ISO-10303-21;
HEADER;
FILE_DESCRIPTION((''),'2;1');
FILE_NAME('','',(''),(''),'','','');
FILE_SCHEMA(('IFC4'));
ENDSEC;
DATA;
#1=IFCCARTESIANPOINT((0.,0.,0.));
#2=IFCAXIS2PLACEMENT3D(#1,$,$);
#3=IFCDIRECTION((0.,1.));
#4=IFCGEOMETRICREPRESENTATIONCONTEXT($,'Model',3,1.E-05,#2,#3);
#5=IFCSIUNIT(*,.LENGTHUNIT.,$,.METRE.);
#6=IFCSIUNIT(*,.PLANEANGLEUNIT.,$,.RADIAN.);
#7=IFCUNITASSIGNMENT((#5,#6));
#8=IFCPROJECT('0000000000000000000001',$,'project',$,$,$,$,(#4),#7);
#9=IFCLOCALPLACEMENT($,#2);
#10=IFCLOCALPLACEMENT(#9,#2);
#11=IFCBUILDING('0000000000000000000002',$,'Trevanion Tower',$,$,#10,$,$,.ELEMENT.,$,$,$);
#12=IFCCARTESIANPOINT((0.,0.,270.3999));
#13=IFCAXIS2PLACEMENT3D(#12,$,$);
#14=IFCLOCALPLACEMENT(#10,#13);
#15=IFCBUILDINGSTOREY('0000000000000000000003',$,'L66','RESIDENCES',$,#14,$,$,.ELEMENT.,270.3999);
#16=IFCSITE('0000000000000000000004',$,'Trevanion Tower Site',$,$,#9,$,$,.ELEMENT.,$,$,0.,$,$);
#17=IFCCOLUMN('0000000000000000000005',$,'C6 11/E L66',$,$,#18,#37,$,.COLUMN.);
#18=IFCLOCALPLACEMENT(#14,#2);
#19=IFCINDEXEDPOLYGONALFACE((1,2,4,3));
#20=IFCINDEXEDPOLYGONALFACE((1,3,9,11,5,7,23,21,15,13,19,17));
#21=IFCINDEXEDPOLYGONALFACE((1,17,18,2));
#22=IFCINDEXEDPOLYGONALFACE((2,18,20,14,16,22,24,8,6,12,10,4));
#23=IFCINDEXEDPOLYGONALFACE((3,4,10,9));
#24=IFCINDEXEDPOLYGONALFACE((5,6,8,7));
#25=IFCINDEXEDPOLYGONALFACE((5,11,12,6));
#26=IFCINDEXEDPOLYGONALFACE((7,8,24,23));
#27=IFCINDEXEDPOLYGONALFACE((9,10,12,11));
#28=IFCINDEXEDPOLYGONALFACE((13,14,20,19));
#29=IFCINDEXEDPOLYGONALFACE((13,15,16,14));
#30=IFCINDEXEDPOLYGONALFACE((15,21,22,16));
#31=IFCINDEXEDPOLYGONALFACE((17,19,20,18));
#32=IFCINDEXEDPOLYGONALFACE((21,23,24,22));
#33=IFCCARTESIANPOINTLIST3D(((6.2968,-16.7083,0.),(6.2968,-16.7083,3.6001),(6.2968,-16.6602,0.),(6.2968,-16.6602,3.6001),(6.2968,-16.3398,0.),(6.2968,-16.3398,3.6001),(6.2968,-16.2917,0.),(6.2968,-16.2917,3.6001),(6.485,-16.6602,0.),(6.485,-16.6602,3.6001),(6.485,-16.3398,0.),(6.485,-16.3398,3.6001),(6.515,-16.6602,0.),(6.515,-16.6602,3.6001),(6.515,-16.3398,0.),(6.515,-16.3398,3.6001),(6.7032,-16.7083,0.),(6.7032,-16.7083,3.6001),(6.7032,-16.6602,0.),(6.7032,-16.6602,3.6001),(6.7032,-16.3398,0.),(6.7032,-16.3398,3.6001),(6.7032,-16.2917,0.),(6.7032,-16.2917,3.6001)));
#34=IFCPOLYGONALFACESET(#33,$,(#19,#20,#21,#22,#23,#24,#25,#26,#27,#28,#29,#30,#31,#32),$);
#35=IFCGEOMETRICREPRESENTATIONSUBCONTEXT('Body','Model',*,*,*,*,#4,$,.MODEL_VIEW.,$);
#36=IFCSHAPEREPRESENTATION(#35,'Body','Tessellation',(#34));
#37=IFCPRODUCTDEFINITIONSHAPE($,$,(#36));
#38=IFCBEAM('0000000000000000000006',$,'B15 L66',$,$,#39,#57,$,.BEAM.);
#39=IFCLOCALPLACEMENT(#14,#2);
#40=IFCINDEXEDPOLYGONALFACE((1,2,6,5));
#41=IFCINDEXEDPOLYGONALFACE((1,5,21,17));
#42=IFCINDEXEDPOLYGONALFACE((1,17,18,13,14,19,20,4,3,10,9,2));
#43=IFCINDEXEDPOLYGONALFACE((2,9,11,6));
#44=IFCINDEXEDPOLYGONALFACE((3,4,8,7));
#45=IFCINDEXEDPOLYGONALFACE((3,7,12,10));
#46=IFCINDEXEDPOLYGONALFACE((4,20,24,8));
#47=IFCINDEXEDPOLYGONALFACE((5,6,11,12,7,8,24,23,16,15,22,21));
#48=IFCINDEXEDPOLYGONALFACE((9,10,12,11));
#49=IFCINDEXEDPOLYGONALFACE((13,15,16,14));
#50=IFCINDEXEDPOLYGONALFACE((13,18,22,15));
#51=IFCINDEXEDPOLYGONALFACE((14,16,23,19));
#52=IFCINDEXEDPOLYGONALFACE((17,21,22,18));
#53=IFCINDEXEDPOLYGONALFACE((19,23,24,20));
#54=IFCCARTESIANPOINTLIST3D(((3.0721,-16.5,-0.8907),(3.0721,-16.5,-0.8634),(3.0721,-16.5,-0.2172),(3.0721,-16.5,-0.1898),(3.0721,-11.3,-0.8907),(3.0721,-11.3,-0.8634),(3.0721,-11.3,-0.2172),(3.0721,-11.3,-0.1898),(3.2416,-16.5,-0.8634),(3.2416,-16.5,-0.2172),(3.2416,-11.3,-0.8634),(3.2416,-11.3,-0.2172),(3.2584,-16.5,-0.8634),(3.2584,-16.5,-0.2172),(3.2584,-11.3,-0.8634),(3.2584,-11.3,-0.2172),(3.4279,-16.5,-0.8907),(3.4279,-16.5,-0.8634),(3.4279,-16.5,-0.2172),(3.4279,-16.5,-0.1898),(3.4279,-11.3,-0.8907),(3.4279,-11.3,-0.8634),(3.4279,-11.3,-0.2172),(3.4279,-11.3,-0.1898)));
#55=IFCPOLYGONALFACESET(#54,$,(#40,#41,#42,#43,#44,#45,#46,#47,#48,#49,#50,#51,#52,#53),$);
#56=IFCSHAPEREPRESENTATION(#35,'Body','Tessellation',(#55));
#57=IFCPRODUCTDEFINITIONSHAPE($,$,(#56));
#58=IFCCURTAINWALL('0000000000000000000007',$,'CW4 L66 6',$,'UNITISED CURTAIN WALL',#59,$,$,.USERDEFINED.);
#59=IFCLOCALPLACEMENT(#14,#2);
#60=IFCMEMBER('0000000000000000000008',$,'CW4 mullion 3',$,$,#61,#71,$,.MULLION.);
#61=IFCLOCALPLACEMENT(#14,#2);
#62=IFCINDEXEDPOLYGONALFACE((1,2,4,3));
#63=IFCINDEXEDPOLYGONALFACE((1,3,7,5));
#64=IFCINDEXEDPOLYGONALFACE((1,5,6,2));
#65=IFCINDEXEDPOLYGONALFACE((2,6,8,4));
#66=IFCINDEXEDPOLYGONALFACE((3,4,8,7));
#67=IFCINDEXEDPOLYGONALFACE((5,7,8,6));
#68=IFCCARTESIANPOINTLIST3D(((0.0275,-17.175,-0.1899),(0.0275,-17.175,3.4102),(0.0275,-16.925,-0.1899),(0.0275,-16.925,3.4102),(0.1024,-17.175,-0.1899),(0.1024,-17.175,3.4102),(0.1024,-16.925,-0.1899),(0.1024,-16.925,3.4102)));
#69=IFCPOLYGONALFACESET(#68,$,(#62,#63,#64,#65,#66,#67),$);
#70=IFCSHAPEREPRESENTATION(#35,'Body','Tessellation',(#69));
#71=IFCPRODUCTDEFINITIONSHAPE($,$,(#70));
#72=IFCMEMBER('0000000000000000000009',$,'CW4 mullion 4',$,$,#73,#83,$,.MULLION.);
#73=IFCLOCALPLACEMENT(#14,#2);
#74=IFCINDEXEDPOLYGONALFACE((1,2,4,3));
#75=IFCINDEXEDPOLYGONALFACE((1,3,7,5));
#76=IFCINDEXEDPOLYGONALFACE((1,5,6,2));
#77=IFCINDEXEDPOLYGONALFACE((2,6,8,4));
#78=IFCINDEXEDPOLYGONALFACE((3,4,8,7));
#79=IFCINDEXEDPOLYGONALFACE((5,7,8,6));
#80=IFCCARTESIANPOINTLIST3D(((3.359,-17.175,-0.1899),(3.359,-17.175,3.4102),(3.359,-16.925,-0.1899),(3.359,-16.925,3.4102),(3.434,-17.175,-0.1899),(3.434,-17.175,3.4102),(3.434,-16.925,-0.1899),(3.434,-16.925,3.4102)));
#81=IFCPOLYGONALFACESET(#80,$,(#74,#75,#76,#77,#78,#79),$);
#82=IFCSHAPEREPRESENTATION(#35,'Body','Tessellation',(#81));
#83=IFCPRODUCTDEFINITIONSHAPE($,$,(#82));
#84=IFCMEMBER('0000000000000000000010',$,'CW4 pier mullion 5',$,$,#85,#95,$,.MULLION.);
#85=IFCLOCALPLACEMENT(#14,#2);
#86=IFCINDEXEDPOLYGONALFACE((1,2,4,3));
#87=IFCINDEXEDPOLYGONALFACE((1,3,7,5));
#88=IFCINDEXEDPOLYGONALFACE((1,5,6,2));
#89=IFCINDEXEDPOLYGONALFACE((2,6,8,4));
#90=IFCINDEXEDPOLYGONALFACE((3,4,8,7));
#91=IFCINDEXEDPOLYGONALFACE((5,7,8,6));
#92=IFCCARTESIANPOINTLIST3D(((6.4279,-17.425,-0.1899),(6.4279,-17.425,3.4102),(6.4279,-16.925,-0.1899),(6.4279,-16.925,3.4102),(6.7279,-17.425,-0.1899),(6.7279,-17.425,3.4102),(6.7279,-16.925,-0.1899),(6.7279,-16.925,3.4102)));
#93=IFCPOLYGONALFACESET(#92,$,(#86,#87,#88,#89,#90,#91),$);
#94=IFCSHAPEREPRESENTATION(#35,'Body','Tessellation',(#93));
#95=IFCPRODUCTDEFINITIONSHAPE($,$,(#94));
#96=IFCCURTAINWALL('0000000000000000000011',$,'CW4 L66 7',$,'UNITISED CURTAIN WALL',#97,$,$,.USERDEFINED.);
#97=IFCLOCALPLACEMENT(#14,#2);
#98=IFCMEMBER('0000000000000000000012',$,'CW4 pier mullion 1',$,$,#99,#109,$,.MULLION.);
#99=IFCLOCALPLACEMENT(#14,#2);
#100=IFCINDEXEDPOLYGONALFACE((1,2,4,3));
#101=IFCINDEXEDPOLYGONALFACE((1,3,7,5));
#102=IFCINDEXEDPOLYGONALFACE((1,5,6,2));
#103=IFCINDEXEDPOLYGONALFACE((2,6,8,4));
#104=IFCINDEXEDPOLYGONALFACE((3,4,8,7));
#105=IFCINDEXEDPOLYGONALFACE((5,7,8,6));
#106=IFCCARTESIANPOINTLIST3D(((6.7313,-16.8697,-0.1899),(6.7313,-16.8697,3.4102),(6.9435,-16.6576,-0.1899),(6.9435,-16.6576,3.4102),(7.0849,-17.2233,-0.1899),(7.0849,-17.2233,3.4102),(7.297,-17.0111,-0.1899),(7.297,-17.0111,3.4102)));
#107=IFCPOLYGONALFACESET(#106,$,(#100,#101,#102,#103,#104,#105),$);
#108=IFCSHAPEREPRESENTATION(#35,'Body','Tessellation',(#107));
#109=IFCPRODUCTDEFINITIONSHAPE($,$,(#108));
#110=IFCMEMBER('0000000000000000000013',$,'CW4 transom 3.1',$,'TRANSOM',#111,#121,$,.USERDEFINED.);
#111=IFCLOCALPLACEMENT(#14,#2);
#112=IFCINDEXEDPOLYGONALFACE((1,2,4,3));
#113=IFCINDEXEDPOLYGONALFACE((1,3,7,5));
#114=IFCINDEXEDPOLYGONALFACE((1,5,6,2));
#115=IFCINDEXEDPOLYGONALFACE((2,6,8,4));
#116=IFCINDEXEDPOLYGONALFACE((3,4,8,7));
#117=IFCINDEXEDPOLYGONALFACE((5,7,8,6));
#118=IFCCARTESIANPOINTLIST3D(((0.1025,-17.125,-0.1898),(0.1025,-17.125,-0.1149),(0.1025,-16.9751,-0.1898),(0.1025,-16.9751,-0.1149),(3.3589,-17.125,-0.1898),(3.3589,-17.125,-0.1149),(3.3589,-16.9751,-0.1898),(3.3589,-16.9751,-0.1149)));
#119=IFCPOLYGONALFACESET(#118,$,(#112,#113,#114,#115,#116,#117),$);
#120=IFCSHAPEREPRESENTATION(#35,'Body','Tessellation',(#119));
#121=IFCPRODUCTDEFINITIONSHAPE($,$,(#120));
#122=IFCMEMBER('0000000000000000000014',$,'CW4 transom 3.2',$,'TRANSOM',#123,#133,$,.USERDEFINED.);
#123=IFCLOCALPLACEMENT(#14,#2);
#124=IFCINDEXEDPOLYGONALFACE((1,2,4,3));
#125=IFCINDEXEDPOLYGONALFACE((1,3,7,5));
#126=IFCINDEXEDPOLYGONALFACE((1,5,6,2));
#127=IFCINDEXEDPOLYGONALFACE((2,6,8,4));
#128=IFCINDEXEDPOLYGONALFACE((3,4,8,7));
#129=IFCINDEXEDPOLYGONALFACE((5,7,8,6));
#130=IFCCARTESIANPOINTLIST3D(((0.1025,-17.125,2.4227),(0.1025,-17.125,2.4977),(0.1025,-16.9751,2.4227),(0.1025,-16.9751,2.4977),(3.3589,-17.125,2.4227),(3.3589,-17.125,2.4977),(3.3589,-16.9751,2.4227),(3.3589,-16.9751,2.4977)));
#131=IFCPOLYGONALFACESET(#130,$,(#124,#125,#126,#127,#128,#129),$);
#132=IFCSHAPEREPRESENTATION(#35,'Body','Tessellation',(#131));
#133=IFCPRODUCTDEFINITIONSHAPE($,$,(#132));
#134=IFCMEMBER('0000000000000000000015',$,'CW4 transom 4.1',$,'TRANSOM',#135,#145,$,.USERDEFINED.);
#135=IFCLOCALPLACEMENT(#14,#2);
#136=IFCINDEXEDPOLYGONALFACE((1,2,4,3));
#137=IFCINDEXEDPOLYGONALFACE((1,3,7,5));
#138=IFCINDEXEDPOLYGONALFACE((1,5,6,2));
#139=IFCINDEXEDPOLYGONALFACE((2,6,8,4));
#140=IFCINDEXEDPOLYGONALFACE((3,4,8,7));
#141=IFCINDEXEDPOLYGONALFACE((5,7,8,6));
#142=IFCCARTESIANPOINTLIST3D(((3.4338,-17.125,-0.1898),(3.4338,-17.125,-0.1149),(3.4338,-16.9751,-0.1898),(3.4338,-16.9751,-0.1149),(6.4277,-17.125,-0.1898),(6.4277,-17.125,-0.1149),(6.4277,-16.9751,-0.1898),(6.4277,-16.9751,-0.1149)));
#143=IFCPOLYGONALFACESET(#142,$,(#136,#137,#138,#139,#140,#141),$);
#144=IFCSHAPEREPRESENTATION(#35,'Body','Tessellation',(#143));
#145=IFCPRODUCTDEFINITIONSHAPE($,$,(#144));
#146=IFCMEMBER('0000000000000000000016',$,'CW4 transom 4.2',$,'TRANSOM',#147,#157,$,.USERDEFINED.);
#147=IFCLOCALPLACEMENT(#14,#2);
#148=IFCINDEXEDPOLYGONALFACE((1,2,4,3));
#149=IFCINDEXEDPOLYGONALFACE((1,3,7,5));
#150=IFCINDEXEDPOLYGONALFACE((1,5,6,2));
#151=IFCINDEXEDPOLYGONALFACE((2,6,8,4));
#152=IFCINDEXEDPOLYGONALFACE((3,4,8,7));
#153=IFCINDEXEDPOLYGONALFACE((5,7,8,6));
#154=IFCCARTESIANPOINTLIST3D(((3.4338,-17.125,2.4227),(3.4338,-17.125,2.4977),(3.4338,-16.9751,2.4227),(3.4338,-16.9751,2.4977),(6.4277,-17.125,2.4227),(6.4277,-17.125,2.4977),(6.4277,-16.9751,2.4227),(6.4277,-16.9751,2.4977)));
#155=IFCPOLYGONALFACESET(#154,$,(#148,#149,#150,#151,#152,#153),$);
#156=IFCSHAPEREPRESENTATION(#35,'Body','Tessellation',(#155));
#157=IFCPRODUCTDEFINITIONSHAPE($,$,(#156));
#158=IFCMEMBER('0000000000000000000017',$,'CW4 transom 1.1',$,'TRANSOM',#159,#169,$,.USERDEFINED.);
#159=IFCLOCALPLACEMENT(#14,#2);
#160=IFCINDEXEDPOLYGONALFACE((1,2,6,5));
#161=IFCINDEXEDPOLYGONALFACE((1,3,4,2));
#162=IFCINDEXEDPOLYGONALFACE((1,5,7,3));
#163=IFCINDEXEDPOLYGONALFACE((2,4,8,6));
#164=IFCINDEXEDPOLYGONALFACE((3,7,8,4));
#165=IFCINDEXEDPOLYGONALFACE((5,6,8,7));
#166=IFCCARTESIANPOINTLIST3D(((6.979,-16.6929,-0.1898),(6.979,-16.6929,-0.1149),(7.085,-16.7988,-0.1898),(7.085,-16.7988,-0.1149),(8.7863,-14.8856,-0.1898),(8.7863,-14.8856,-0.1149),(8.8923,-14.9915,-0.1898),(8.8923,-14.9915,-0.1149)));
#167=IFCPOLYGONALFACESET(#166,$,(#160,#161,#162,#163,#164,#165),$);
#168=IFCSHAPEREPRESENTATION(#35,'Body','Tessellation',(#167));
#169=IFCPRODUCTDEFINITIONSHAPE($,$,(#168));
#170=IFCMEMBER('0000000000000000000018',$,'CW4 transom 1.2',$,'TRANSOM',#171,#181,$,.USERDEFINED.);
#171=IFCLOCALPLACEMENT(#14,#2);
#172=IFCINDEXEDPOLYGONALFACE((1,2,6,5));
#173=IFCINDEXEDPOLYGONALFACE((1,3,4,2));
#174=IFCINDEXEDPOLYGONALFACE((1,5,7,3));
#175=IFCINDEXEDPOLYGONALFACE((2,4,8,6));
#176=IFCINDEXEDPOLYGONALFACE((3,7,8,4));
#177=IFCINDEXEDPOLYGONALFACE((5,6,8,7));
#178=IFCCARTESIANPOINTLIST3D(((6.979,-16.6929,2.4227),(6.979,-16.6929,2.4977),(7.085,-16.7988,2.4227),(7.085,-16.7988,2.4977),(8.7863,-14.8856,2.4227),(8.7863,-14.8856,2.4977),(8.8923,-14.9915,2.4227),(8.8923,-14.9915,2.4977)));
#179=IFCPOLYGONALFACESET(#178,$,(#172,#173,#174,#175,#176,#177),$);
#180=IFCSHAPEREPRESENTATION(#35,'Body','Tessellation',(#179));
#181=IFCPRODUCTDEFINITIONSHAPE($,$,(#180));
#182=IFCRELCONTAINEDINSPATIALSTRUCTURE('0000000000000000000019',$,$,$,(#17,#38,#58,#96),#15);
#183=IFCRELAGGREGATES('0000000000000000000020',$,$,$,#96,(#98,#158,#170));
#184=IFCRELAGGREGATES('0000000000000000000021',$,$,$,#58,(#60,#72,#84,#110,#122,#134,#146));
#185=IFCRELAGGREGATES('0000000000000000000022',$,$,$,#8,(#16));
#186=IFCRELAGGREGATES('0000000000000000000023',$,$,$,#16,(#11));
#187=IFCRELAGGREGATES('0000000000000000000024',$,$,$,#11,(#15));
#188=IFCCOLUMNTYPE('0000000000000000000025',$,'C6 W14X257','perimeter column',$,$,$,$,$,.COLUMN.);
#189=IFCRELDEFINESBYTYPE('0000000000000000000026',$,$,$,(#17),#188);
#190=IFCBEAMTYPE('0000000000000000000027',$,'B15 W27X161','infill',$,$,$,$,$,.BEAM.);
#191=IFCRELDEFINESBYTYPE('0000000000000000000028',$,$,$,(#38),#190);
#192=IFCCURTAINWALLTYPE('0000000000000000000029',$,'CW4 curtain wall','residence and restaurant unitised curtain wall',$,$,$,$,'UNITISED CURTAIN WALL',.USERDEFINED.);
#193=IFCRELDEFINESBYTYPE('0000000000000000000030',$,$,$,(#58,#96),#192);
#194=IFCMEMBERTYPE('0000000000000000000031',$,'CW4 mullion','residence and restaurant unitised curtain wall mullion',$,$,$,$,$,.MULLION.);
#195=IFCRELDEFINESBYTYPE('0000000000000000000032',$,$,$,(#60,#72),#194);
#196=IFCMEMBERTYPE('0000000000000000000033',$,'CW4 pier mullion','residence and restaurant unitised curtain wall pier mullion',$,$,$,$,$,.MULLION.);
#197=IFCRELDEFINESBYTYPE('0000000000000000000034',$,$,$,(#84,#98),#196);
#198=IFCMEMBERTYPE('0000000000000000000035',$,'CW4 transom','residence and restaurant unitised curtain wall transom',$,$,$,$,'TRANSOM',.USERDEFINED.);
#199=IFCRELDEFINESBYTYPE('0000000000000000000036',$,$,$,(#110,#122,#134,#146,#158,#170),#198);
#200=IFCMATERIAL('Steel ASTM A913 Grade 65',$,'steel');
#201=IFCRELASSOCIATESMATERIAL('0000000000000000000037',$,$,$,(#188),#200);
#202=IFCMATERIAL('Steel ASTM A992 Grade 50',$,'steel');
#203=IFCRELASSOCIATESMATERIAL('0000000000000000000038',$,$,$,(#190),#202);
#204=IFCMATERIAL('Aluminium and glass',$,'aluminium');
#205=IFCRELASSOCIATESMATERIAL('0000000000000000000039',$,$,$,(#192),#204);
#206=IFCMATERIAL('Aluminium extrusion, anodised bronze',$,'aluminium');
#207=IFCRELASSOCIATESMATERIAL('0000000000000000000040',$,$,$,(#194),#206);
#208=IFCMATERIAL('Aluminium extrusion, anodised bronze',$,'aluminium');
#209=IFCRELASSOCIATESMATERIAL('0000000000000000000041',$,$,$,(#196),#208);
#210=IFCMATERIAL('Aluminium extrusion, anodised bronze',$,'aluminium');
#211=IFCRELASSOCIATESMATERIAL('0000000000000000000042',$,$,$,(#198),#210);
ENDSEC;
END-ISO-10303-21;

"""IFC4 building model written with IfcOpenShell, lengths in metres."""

from ifc_helpers import new_model, si_unit, direction, frame, origin, origin_2d, place, context, subcontext, project, spatial, rectangle, i_section, extrude, material, material_profile, profile_set, type_object, element, aggregate, save


model = new_model("IFC4")

# Units and contexts
model_context = context("Model", 3, precision=1e-05, world=origin(), true_north=direction((0.0, 1.0)))
body_context = subcontext(model_context, "Body", "Model", "MODEL_VIEW")
ifc_project = project(units=[si_unit("LENGTHUNIT", "METRE"), si_unit("PLANEANGLEUNIT", "RADIAN")], contexts=[model_context])

# Site, building, storey
site_placement = place(None, origin())
site = spatial("IfcSite", under=ifc_project, at=site_placement, Name="Trevanion Tower Site", CompositionType="ELEMENT", RefElevation=0.0)
building_placement = place(site_placement, origin())
building = spatial("IfcBuilding", under=site, at=building_placement, Name="Trevanion Tower", CompositionType="ELEMENT")
storey_placement = place(building_placement, frame((0.0, 0.0, 270.3999)))
storey = spatial("IfcBuildingStorey", under=building, at=storey_placement, Name="L66", Description="RESIDENCES", CompositionType="ELEMENT", Elevation=270.3999)

# Column
ifc_material_1 = material(Name="Steel ASTM A913 Grade 65", Category="steel")
ifc_material_profile_1 = material_profile(ifc_material_1, i_section(OverallWidth=0.4065, OverallDepth=0.4165, WebThickness=0.03, FlangeThickness=0.0481, at=origin_2d()), Name="W14X257")
ifc_profile_set_1 = profile_set([ifc_material_profile_1], Name="Steel ASTM A913 Grade 65")
column_type = type_object("IfcColumnType", Name="C6 W14X257", Description="perimeter column", PredefinedType="COLUMN", material=ifc_profile_set_1)
column_placement = place(storey_placement, frame((6.5, -16.5, 0.0), z_axis=(0.0, 0.0, 1.0), x_axis=(1.0, 0.0, 0.0)))
element("IfcColumn", 1, at=column_placement, inside=storey, type_object=column_type, Name="C6 11/E L66", PredefinedType="COLUMN", context=body_context, shape_type="SweptSolid", body=[
    extrude(i_section(OverallWidth=0.4065, OverallDepth=0.4165, WebThickness=0.03, FlangeThickness=0.0481, at=origin_2d()), origin(), (0.0, 0.0, 1.0), 3.6001),
])

# Beam
ifc_material_2 = material(Name="Steel ASTM A992 Grade 50", Category="steel")
ifc_material_profile_2 = material_profile(ifc_material_2, i_section(OverallWidth=0.3557, OverallDepth=0.7009, WebThickness=0.0168, FlangeThickness=0.0273, at=origin_2d()), Name="W27X161")
ifc_profile_set_2 = profile_set([ifc_material_profile_2], Name="Steel ASTM A992 Grade 50")
beam_type_1 = type_object("IfcBeamType", Name="B15 W27X161", Description="infill", PredefinedType="BEAM", material=ifc_profile_set_2)
beam_1_placement = place(storey_placement, frame((3.25, -11.3, -0.5403), z_axis=(0.0, -1.0, 0.0), x_axis=(1.0, 0.0, 0.0)))
element("IfcBeam", 2, at=beam_1_placement, inside=storey, type_object=beam_type_1, Name="B15 L66", PredefinedType="BEAM", context=body_context, shape_type="SweptSolid", body=[
    extrude(i_section(OverallWidth=0.3557, OverallDepth=0.7009, WebThickness=0.0168, FlangeThickness=0.0273, at=origin_2d()), origin(), (0.0, 0.0, 1.0), 5.2),
])

# Curtain wall, members
ifc_material_3 = material(Name="Aluminium and glass", Category="aluminium")
curtain_wall_type = type_object("IfcCurtainWallType", Name="CW4 curtain wall", Description="residence and restaurant unitised curtain wall", ElementType="UNITISED CURTAIN WALL", PredefinedType="USERDEFINED", material=ifc_material_3)
curtain_wall_1_placement = place(storey_placement, origin())
curtain_wall_1 = element("IfcCurtainWall", 3, at=curtain_wall_1_placement, inside=storey, type_object=curtain_wall_type, Name="CW4 L66 6", ObjectType="UNITISED CURTAIN WALL", PredefinedType="USERDEFINED")
ifc_material_4 = material(Name="Aluminium extrusion, anodised bronze", Category="aluminium")
ifc_material_profile_3 = material_profile(ifc_material_4, rectangle(XDim=0.075, YDim=0.25, at=origin_2d()), Name="CW4 mullion")
ifc_profile_set_3 = profile_set([ifc_material_profile_3], Name="Aluminium extrusion, anodised bronze")
member_type_1 = type_object("IfcMemberType", Name="CW4 mullion", Description="residence and restaurant unitised curtain wall mullion", PredefinedType="MULLION", material=ifc_profile_set_3)
member_1_placement = place(storey_placement, frame((0.0649, -17.05, -0.1899), z_axis=(0.0, 0.0, 1.0), x_axis=(1.0, 0.0, 0.0)))
member_1 = element("IfcMember", 4, at=member_1_placement, type_object=member_type_1, Name="CW4 mullion 3", PredefinedType="MULLION", context=body_context, shape_type="SweptSolid", body=[
    extrude(rectangle(XDim=0.075, YDim=0.25, at=origin_2d()), origin(), (0.0, 0.0, 1.0), 3.6001),
])
member_2_placement = place(storey_placement, frame((3.3965, -17.05, -0.1899), z_axis=(0.0, 0.0, 1.0), x_axis=(1.0, 0.0, 0.0)))
member_2 = element("IfcMember", 5, at=member_2_placement, type_object=member_type_1, Name="CW4 mullion 4", PredefinedType="MULLION", context=body_context, shape_type="SweptSolid", body=[
    extrude(rectangle(XDim=0.075, YDim=0.25, at=origin_2d()), origin(), (0.0, 0.0, 1.0), 3.6001),
])
ifc_material_5 = material(Name="Aluminium extrusion, anodised bronze", Category="aluminium")
ifc_material_profile_4 = material_profile(ifc_material_5, rectangle(XDim=0.3, YDim=0.5, at=origin_2d()), Name="CW4 pier mullion")
ifc_profile_set_4 = profile_set([ifc_material_profile_4], Name="Aluminium extrusion, anodised bronze")
member_type_2 = type_object("IfcMemberType", Name="CW4 pier mullion", Description="residence and restaurant unitised curtain wall pier mullion", PredefinedType="MULLION", material=ifc_profile_set_4)
member_3_placement = place(storey_placement, frame((6.5779, -17.175, -0.1899), z_axis=(0.0, 0.0, 1.0), x_axis=(1.0, 0.0, 0.0)))
member_3 = element("IfcMember", 6, at=member_3_placement, type_object=member_type_2, Name="CW4 pier mullion 5", PredefinedType="MULLION", context=body_context, shape_type="SweptSolid", body=[
    extrude(rectangle(XDim=0.3, YDim=0.5, at=origin_2d()), origin(), (0.0, 0.0, 1.0), 3.6001),
])

# Curtain wall, member
curtain_wall_2_placement = place(storey_placement, origin())
curtain_wall_2 = element("IfcCurtainWall", 7, at=curtain_wall_2_placement, inside=storey, type_object=curtain_wall_type, Name="CW4 L66 7", ObjectType="UNITISED CURTAIN WALL", PredefinedType="USERDEFINED")
member_4_placement = place(storey_placement, frame((7.0142, -16.9404, -0.1899), z_axis=(0.0, 0.0, 1.0), x_axis=(0.707107, 0.707107, 0.0)))
member_4 = element("IfcMember", 8, at=member_4_placement, type_object=member_type_2, Name="CW4 pier mullion 1", PredefinedType="MULLION", context=body_context, shape_type="SweptSolid", body=[
    extrude(rectangle(XDim=0.3, YDim=0.5, at=origin_2d()), origin(), (0.0, 0.0, 1.0), 3.6001),
])

# Members
ifc_material_6 = material(Name="Aluminium extrusion, anodised bronze", Category="aluminium")
ifc_material_profile_5 = material_profile(ifc_material_6, rectangle(XDim=0.1499, YDim=0.075, at=origin_2d()), Name="CW4 transom")
ifc_profile_set_5 = profile_set([ifc_material_profile_5], Name="Aluminium extrusion, anodised bronze")
member_type_3 = type_object("IfcMemberType", Name="CW4 transom", Description="residence and restaurant unitised curtain wall transom", ElementType="TRANSOM", PredefinedType="USERDEFINED", material=ifc_profile_set_5)
member_5_placement = place(storey_placement, frame((0.1025, -17.05, -0.1523), z_axis=(1.0, 0.0, 0.0), x_axis=(0.0, 1.0, 0.0)))
member_5 = element("IfcMember", 9, at=member_5_placement, type_object=member_type_3, Name="CW4 transom 3.1", ObjectType="TRANSOM", PredefinedType="USERDEFINED", context=body_context, shape_type="SweptSolid", body=[
    extrude(rectangle(XDim=0.1499, YDim=0.075, at=origin_2d()), origin(), (0.0, 0.0, 1.0), 3.2563),
])
member_6_placement = place(storey_placement, frame((0.1025, -17.05, 2.4602), z_axis=(1.0, 0.0, 0.0), x_axis=(0.0, 1.0, 0.0)))
member_6 = element("IfcMember", 10, at=member_6_placement, type_object=member_type_3, Name="CW4 transom 3.2", ObjectType="TRANSOM", PredefinedType="USERDEFINED", context=body_context, shape_type="SweptSolid", body=[
    extrude(rectangle(XDim=0.1499, YDim=0.075, at=origin_2d()), origin(), (0.0, 0.0, 1.0), 3.2563),
])
member_7_placement = place(storey_placement, frame((3.4338, -17.05, -0.1523), z_axis=(1.0, 0.0, 0.0), x_axis=(0.0, 1.0, 0.0)))
member_7 = element("IfcMember", 11, at=member_7_placement, type_object=member_type_3, Name="CW4 transom 4.1", ObjectType="TRANSOM", PredefinedType="USERDEFINED", context=body_context, shape_type="SweptSolid", body=[
    extrude(rectangle(XDim=0.1499, YDim=0.075, at=origin_2d()), origin(), (0.0, 0.0, 1.0), 2.9939),
])
member_8_placement = place(storey_placement, frame((3.4338, -17.05, 2.4602), z_axis=(1.0, 0.0, 0.0), x_axis=(0.0, 1.0, 0.0)))
member_8 = element("IfcMember", 12, at=member_8_placement, type_object=member_type_3, Name="CW4 transom 4.2", ObjectType="TRANSOM", PredefinedType="USERDEFINED", context=body_context, shape_type="SweptSolid", body=[
    extrude(rectangle(XDim=0.1499, YDim=0.075, at=origin_2d()), origin(), (0.0, 0.0, 1.0), 2.9939),
])
member_9_placement = place(storey_placement, frame((7.032, -16.7458, -0.1523), z_axis=(0.707107, 0.707107, 0.0), x_axis=(-0.707107, 0.707107, 0.0)))
member_9 = element("IfcMember", 13, at=member_9_placement, type_object=member_type_3, Name="CW4 transom 1.1", ObjectType="TRANSOM", PredefinedType="USERDEFINED", context=body_context, shape_type="SweptSolid", body=[
    extrude(rectangle(XDim=0.1499, YDim=0.075, at=origin_2d()), origin(), (0.0, 0.0, 1.0), 2.5559),
])
member_10_placement = place(storey_placement, frame((7.032, -16.7458, 2.4602), z_axis=(0.707107, 0.707107, 0.0), x_axis=(-0.707107, 0.707107, 0.0)))
member_10 = element("IfcMember", 14, at=member_10_placement, type_object=member_type_3, Name="CW4 transom 1.2", ObjectType="TRANSOM", PredefinedType="USERDEFINED", context=body_context, shape_type="SweptSolid", body=[
    extrude(rectangle(XDim=0.1499, YDim=0.075, at=origin_2d()), origin(), (0.0, 0.0, 1.0), 2.5559),
])
aggregate(curtain_wall_2, [member_4, member_9, member_10])

aggregate(curtain_wall_1, [member_1, member_2, member_3, member_5, member_6, member_7, member_8])

save(model, "model.ifc")
